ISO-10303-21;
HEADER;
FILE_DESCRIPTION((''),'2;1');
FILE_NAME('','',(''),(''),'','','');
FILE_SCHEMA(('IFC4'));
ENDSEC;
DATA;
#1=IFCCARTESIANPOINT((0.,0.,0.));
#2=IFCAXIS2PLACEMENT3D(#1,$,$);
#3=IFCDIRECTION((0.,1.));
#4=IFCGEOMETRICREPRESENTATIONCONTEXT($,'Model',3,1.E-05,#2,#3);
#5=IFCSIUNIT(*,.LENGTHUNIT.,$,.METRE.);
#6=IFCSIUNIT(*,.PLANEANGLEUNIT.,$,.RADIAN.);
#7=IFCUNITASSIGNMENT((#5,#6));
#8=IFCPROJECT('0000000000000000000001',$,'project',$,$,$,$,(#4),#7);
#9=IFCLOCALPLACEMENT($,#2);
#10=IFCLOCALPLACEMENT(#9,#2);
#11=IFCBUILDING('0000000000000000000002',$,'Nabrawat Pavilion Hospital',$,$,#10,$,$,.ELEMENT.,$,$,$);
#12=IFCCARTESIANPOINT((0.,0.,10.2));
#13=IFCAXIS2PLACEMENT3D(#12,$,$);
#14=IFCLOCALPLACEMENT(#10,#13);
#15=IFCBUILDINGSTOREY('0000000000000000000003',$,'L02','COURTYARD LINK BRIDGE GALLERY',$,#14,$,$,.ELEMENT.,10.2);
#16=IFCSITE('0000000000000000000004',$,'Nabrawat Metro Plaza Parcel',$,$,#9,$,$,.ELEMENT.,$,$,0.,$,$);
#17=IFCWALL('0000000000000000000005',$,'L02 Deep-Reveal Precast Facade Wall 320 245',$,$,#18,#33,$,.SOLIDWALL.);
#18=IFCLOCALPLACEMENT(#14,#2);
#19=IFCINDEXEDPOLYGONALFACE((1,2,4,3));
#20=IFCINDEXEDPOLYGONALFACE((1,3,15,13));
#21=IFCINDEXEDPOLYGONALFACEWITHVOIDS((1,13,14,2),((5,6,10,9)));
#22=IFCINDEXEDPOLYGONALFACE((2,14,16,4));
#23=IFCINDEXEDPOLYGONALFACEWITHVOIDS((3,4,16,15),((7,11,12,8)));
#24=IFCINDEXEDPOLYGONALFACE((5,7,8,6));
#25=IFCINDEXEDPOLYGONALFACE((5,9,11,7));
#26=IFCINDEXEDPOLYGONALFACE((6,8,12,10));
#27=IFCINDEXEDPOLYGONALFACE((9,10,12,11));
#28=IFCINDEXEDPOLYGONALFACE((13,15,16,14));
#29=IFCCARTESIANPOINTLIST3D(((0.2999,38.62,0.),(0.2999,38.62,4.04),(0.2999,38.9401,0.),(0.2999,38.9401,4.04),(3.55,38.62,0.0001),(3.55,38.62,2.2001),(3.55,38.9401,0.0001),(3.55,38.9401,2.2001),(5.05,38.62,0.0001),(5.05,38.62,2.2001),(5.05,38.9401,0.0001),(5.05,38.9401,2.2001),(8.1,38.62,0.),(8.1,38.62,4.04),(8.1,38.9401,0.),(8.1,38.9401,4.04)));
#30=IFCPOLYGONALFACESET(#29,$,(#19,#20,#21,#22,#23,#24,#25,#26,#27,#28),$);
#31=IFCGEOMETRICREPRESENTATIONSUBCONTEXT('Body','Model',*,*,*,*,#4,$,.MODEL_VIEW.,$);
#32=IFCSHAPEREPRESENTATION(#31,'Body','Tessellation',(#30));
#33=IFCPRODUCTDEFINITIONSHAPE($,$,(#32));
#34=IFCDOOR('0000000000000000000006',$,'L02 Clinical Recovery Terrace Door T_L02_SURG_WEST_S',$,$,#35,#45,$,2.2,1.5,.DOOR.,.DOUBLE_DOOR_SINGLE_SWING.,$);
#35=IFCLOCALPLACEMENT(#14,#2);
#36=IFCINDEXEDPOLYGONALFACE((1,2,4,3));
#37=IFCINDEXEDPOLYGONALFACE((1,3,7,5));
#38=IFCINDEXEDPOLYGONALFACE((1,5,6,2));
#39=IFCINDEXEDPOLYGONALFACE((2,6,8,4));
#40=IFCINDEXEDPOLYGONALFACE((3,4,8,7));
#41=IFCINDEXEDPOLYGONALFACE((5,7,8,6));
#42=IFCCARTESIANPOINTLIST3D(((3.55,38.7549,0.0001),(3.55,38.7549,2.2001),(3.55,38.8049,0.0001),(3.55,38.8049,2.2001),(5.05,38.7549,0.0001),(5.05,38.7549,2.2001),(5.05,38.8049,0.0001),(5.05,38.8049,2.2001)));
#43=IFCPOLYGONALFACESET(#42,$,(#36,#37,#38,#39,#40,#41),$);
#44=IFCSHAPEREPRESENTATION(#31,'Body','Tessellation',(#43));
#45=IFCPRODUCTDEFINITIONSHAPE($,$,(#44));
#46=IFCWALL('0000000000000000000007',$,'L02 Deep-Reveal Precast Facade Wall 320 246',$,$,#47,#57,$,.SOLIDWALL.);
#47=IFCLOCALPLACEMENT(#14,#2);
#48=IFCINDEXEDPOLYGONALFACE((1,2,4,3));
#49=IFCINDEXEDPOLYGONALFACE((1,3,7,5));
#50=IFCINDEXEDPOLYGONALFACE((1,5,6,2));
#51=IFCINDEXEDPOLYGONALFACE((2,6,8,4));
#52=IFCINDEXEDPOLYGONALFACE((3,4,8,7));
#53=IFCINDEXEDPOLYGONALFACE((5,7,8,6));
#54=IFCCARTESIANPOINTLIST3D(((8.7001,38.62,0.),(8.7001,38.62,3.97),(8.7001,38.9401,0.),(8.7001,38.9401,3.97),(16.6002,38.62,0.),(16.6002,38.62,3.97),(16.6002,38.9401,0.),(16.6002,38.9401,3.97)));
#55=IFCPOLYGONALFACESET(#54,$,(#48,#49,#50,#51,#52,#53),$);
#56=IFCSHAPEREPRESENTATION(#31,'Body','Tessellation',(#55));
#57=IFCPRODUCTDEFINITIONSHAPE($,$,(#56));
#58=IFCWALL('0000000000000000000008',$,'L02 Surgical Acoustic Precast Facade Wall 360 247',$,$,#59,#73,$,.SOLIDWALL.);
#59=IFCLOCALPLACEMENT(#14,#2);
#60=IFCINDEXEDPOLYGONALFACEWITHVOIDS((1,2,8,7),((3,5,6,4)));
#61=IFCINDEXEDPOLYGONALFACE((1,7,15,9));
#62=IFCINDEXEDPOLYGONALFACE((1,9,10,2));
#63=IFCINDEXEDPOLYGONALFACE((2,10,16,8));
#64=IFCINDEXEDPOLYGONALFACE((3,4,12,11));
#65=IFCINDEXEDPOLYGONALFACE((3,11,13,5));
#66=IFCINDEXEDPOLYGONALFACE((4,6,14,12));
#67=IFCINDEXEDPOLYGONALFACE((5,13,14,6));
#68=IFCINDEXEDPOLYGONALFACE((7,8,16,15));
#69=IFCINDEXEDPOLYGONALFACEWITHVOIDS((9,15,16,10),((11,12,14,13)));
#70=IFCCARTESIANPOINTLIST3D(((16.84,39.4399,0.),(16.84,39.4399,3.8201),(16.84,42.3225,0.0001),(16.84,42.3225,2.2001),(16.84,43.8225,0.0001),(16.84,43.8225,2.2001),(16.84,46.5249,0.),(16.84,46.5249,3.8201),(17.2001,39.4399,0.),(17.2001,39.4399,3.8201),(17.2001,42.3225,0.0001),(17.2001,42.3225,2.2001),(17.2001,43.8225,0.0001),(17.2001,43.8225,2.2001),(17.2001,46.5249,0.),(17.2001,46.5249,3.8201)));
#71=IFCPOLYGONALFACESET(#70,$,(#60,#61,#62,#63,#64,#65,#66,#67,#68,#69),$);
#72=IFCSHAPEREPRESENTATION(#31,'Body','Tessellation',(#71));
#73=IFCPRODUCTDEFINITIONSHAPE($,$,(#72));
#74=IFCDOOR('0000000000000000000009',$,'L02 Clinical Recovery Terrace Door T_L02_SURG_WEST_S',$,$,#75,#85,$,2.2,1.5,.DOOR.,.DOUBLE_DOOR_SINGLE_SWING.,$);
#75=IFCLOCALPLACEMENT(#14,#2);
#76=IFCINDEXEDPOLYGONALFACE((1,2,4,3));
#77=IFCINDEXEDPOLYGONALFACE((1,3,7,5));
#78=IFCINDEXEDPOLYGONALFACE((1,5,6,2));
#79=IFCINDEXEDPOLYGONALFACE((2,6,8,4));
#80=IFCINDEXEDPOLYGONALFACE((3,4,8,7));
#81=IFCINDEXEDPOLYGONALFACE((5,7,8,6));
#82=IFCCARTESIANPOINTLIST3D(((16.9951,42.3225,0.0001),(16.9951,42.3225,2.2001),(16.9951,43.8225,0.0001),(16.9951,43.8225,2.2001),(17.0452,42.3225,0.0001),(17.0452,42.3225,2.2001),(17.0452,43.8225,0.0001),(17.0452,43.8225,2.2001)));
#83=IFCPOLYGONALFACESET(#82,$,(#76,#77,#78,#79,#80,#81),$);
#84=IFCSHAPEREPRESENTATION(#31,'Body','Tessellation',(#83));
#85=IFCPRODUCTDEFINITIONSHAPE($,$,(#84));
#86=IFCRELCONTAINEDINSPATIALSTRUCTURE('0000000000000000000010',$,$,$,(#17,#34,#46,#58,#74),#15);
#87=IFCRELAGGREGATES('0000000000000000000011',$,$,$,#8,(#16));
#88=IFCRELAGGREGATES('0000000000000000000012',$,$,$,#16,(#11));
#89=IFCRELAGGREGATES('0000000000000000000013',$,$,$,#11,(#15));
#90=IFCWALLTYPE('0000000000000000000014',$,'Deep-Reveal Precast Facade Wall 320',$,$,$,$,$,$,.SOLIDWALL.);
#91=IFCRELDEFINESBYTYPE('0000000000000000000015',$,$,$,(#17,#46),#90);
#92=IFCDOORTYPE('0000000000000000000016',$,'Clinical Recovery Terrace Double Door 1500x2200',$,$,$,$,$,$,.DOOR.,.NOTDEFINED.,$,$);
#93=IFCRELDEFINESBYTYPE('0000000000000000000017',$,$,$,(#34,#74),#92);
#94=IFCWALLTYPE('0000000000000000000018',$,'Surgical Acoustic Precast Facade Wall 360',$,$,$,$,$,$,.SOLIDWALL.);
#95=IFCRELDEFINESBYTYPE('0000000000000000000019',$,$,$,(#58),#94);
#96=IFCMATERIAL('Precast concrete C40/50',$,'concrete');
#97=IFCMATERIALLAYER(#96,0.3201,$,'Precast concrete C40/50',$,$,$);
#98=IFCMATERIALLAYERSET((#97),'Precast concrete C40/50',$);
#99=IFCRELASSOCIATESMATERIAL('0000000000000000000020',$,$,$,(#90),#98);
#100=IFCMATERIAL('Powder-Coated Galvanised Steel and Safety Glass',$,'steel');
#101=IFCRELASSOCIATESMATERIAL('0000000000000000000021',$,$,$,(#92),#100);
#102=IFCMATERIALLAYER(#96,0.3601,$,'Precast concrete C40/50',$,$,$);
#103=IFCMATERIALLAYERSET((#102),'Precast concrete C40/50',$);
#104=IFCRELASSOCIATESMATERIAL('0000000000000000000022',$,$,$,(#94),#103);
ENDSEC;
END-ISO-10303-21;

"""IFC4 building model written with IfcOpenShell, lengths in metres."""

from ifc_helpers import new_model, si_unit, direction, frame, frame_2d, origin, place, context, subcontext, project, spatial, rectangle, extrude, material, layer, layer_set, type_object, element, fill, save


model = new_model("IFC4")

# Units and contexts
model_context = context("Model", 3, precision=1e-05, world=origin(), true_north=direction((0.0, 1.0)))
body_context = subcontext(model_context, "Body", "Model", "MODEL_VIEW")
ifc_project = project(units=[si_unit("LENGTHUNIT", "METRE"), si_unit("PLANEANGLEUNIT", "RADIAN")], contexts=[model_context])

# Site, building, storey
site_placement = place(None, origin())
site = spatial("IfcSite", under=ifc_project, at=site_placement, Name="Nabrawat Metro Plaza Parcel", CompositionType="ELEMENT", RefElevation=0.0)
building_placement = place(site_placement, origin())
building = spatial("IfcBuilding", under=site, at=building_placement, Name="Nabrawat Pavilion Hospital", CompositionType="ELEMENT")
storey_placement = place(building_placement, frame((0.0, 0.0, 10.2)))
storey = spatial("IfcBuildingStorey", under=building, at=storey_placement, Name="L02", Description="COURTYARD LINK BRIDGE GALLERY", CompositionType="ELEMENT", Elevation=10.2)

# Shared definitions
ifc_material_1 = material(Name="Precast concrete C40/50", Category="concrete")
ifc_layer_1 = layer(ifc_material_1, 0.3201, Name="Precast concrete C40/50")
ifc_layer_set_1 = layer_set([ifc_layer_1], Name="Precast concrete C40/50")
wall_type_1 = type_object("IfcWallType", Name="Deep-Reveal Precast Facade Wall 320", PredefinedType="SOLIDWALL", material=ifc_layer_set_1)

# Wall, opening, door
wall_1_placement = place(storey_placement, frame((0.3, 38.78, 0.0), z_axis=(0.0, 0.0, 1.0), x_axis=(1.0, 0.0, 0.0)))
wall_1 = element("IfcWall", 1, at=wall_1_placement, inside=storey, type_object=wall_type_1, Name="L02 Deep-Reveal Precast Facade Wall 320 245", PredefinedType="SOLIDWALL", context=body_context, shape_type="SweptSolid", body=[
    extrude(rectangle(XDim=7.8, YDim=0.3201, at=frame_2d((3.8999, 0.0))), origin(), (0.0, 0.0, 1.0), 4.04),
])
opening_1_placement = place(wall_1_placement, frame((3.25, 0.0, 0.0)))
opening_1 = element("IfcOpeningElement", 2, at=opening_1_placement, cuts=wall_1, PredefinedType="OPENING", context=body_context, shape_type="SweptSolid", body=[
    extrude(rectangle(XDim=1.5, YDim=2.2, at=frame_2d((0.75, 1.1001))), frame((0.0, 0.1699, 0.0), z_axis=(0.0, -1.0, 0.0), x_axis=(1.0, 0.0, 0.0)), (0.0, 0.0, 1.0), 0.3401),
])
ifc_material_2 = material(Name="Powder-Coated Galvanised Steel and Safety Glass", Category="steel")
door_type = type_object("IfcDoorType", Name="Clinical Recovery Terrace Double Door 1500x2200", OperationType="NOTDEFINED", PredefinedType="DOOR", material=ifc_material_2)
door_1_placement = place(opening_1_placement, origin())
door_1 = element("IfcDoor", 3, at=door_1_placement, inside=storey, type_object=door_type, Name="L02 Clinical Recovery Terrace Door T_L02_SURG_WEST_S", OperationType="DOUBLE_DOOR_SINGLE_SWING", OverallHeight=2.2, OverallWidth=1.5, PredefinedType="DOOR", context=body_context, shape_type="SweptSolid", body=[
    extrude(rectangle(XDim=1.5, YDim=2.2, at=frame_2d((0.75, 1.1001))), frame((0.0, 0.0249, 0.0), z_axis=(0.0, -1.0, 0.0), x_axis=(1.0, 0.0, 0.0)), (0.0, 0.0, 1.0), 0.05),
])
fill(opening_1, door_1)

# Wall
wall_2_placement = place(storey_placement, frame((8.7, 38.78, 0.0), z_axis=(0.0, 0.0, 1.0), x_axis=(1.0, 0.0, 0.0)))
element("IfcWall", 4, at=wall_2_placement, inside=storey, type_object=wall_type_1, Name="L02 Deep-Reveal Precast Facade Wall 320 246", PredefinedType="SOLIDWALL", context=body_context, shape_type="SweptSolid", body=[
    extrude(rectangle(XDim=7.9001, YDim=0.3201, at=frame_2d((3.9502, 0.0))), origin(), (0.0, 0.0, 1.0), 3.97),
])

# Wall, opening, door
ifc_layer_2 = layer(ifc_material_1, 0.3601, Name="Precast concrete C40/50")
ifc_layer_set_2 = layer_set([ifc_layer_2], Name="Precast concrete C40/50")
wall_type_2 = type_object("IfcWallType", Name="Surgical Acoustic Precast Facade Wall 360", PredefinedType="SOLIDWALL", material=ifc_layer_set_2)
wall_3_placement = place(storey_placement, frame((17.02, 39.4399, 0.0), z_axis=(0.0, 0.0, 1.0), x_axis=(0.0, 1.0, 0.0)))
wall_3 = element("IfcWall", 5, at=wall_3_placement, inside=storey, type_object=wall_type_2, Name="L02 Surgical Acoustic Precast Facade Wall 360 247", PredefinedType="SOLIDWALL", context=body_context, shape_type="SweptSolid", body=[
    extrude(rectangle(XDim=7.085, YDim=0.3601, at=frame_2d((3.5425, 0.0))), origin(), (0.0, 0.0, 1.0), 3.8201),
])
opening_2_placement = place(wall_3_placement, frame((2.8826, 0.0, 0.0)))
opening_2 = element("IfcOpeningElement", 6, at=opening_2_placement, cuts=wall_3, PredefinedType="OPENING", context=body_context, shape_type="SweptSolid", body=[
    extrude(rectangle(XDim=1.5, YDim=2.2, at=frame_2d((0.75, 1.1001))), frame((0.0, 0.1899, 0.0), z_axis=(0.0, -1.0, 0.0), x_axis=(1.0, 0.0, 0.0)), (0.0, 0.0, 1.0), 0.3801),
])
door_2_placement = place(opening_2_placement, origin())
door_2 = element("IfcDoor", 7, at=door_2_placement, inside=storey, type_object=door_type, Name="L02 Clinical Recovery Terrace Door T_L02_SURG_WEST_S", OperationType="DOUBLE_DOOR_SINGLE_SWING", OverallHeight=2.2, OverallWidth=1.5, PredefinedType="DOOR", context=body_context, shape_type="SweptSolid", body=[
    extrude(rectangle(XDim=1.5, YDim=2.2, at=frame_2d((0.75, 1.1001))), frame((0.0, 0.0249, 0.0), z_axis=(0.0, -1.0, 0.0), x_axis=(1.0, 0.0, 0.0)), (0.0, 0.0, 1.0), 0.05),
])
fill(opening_2, door_2)

save(model, "model.ifc")
